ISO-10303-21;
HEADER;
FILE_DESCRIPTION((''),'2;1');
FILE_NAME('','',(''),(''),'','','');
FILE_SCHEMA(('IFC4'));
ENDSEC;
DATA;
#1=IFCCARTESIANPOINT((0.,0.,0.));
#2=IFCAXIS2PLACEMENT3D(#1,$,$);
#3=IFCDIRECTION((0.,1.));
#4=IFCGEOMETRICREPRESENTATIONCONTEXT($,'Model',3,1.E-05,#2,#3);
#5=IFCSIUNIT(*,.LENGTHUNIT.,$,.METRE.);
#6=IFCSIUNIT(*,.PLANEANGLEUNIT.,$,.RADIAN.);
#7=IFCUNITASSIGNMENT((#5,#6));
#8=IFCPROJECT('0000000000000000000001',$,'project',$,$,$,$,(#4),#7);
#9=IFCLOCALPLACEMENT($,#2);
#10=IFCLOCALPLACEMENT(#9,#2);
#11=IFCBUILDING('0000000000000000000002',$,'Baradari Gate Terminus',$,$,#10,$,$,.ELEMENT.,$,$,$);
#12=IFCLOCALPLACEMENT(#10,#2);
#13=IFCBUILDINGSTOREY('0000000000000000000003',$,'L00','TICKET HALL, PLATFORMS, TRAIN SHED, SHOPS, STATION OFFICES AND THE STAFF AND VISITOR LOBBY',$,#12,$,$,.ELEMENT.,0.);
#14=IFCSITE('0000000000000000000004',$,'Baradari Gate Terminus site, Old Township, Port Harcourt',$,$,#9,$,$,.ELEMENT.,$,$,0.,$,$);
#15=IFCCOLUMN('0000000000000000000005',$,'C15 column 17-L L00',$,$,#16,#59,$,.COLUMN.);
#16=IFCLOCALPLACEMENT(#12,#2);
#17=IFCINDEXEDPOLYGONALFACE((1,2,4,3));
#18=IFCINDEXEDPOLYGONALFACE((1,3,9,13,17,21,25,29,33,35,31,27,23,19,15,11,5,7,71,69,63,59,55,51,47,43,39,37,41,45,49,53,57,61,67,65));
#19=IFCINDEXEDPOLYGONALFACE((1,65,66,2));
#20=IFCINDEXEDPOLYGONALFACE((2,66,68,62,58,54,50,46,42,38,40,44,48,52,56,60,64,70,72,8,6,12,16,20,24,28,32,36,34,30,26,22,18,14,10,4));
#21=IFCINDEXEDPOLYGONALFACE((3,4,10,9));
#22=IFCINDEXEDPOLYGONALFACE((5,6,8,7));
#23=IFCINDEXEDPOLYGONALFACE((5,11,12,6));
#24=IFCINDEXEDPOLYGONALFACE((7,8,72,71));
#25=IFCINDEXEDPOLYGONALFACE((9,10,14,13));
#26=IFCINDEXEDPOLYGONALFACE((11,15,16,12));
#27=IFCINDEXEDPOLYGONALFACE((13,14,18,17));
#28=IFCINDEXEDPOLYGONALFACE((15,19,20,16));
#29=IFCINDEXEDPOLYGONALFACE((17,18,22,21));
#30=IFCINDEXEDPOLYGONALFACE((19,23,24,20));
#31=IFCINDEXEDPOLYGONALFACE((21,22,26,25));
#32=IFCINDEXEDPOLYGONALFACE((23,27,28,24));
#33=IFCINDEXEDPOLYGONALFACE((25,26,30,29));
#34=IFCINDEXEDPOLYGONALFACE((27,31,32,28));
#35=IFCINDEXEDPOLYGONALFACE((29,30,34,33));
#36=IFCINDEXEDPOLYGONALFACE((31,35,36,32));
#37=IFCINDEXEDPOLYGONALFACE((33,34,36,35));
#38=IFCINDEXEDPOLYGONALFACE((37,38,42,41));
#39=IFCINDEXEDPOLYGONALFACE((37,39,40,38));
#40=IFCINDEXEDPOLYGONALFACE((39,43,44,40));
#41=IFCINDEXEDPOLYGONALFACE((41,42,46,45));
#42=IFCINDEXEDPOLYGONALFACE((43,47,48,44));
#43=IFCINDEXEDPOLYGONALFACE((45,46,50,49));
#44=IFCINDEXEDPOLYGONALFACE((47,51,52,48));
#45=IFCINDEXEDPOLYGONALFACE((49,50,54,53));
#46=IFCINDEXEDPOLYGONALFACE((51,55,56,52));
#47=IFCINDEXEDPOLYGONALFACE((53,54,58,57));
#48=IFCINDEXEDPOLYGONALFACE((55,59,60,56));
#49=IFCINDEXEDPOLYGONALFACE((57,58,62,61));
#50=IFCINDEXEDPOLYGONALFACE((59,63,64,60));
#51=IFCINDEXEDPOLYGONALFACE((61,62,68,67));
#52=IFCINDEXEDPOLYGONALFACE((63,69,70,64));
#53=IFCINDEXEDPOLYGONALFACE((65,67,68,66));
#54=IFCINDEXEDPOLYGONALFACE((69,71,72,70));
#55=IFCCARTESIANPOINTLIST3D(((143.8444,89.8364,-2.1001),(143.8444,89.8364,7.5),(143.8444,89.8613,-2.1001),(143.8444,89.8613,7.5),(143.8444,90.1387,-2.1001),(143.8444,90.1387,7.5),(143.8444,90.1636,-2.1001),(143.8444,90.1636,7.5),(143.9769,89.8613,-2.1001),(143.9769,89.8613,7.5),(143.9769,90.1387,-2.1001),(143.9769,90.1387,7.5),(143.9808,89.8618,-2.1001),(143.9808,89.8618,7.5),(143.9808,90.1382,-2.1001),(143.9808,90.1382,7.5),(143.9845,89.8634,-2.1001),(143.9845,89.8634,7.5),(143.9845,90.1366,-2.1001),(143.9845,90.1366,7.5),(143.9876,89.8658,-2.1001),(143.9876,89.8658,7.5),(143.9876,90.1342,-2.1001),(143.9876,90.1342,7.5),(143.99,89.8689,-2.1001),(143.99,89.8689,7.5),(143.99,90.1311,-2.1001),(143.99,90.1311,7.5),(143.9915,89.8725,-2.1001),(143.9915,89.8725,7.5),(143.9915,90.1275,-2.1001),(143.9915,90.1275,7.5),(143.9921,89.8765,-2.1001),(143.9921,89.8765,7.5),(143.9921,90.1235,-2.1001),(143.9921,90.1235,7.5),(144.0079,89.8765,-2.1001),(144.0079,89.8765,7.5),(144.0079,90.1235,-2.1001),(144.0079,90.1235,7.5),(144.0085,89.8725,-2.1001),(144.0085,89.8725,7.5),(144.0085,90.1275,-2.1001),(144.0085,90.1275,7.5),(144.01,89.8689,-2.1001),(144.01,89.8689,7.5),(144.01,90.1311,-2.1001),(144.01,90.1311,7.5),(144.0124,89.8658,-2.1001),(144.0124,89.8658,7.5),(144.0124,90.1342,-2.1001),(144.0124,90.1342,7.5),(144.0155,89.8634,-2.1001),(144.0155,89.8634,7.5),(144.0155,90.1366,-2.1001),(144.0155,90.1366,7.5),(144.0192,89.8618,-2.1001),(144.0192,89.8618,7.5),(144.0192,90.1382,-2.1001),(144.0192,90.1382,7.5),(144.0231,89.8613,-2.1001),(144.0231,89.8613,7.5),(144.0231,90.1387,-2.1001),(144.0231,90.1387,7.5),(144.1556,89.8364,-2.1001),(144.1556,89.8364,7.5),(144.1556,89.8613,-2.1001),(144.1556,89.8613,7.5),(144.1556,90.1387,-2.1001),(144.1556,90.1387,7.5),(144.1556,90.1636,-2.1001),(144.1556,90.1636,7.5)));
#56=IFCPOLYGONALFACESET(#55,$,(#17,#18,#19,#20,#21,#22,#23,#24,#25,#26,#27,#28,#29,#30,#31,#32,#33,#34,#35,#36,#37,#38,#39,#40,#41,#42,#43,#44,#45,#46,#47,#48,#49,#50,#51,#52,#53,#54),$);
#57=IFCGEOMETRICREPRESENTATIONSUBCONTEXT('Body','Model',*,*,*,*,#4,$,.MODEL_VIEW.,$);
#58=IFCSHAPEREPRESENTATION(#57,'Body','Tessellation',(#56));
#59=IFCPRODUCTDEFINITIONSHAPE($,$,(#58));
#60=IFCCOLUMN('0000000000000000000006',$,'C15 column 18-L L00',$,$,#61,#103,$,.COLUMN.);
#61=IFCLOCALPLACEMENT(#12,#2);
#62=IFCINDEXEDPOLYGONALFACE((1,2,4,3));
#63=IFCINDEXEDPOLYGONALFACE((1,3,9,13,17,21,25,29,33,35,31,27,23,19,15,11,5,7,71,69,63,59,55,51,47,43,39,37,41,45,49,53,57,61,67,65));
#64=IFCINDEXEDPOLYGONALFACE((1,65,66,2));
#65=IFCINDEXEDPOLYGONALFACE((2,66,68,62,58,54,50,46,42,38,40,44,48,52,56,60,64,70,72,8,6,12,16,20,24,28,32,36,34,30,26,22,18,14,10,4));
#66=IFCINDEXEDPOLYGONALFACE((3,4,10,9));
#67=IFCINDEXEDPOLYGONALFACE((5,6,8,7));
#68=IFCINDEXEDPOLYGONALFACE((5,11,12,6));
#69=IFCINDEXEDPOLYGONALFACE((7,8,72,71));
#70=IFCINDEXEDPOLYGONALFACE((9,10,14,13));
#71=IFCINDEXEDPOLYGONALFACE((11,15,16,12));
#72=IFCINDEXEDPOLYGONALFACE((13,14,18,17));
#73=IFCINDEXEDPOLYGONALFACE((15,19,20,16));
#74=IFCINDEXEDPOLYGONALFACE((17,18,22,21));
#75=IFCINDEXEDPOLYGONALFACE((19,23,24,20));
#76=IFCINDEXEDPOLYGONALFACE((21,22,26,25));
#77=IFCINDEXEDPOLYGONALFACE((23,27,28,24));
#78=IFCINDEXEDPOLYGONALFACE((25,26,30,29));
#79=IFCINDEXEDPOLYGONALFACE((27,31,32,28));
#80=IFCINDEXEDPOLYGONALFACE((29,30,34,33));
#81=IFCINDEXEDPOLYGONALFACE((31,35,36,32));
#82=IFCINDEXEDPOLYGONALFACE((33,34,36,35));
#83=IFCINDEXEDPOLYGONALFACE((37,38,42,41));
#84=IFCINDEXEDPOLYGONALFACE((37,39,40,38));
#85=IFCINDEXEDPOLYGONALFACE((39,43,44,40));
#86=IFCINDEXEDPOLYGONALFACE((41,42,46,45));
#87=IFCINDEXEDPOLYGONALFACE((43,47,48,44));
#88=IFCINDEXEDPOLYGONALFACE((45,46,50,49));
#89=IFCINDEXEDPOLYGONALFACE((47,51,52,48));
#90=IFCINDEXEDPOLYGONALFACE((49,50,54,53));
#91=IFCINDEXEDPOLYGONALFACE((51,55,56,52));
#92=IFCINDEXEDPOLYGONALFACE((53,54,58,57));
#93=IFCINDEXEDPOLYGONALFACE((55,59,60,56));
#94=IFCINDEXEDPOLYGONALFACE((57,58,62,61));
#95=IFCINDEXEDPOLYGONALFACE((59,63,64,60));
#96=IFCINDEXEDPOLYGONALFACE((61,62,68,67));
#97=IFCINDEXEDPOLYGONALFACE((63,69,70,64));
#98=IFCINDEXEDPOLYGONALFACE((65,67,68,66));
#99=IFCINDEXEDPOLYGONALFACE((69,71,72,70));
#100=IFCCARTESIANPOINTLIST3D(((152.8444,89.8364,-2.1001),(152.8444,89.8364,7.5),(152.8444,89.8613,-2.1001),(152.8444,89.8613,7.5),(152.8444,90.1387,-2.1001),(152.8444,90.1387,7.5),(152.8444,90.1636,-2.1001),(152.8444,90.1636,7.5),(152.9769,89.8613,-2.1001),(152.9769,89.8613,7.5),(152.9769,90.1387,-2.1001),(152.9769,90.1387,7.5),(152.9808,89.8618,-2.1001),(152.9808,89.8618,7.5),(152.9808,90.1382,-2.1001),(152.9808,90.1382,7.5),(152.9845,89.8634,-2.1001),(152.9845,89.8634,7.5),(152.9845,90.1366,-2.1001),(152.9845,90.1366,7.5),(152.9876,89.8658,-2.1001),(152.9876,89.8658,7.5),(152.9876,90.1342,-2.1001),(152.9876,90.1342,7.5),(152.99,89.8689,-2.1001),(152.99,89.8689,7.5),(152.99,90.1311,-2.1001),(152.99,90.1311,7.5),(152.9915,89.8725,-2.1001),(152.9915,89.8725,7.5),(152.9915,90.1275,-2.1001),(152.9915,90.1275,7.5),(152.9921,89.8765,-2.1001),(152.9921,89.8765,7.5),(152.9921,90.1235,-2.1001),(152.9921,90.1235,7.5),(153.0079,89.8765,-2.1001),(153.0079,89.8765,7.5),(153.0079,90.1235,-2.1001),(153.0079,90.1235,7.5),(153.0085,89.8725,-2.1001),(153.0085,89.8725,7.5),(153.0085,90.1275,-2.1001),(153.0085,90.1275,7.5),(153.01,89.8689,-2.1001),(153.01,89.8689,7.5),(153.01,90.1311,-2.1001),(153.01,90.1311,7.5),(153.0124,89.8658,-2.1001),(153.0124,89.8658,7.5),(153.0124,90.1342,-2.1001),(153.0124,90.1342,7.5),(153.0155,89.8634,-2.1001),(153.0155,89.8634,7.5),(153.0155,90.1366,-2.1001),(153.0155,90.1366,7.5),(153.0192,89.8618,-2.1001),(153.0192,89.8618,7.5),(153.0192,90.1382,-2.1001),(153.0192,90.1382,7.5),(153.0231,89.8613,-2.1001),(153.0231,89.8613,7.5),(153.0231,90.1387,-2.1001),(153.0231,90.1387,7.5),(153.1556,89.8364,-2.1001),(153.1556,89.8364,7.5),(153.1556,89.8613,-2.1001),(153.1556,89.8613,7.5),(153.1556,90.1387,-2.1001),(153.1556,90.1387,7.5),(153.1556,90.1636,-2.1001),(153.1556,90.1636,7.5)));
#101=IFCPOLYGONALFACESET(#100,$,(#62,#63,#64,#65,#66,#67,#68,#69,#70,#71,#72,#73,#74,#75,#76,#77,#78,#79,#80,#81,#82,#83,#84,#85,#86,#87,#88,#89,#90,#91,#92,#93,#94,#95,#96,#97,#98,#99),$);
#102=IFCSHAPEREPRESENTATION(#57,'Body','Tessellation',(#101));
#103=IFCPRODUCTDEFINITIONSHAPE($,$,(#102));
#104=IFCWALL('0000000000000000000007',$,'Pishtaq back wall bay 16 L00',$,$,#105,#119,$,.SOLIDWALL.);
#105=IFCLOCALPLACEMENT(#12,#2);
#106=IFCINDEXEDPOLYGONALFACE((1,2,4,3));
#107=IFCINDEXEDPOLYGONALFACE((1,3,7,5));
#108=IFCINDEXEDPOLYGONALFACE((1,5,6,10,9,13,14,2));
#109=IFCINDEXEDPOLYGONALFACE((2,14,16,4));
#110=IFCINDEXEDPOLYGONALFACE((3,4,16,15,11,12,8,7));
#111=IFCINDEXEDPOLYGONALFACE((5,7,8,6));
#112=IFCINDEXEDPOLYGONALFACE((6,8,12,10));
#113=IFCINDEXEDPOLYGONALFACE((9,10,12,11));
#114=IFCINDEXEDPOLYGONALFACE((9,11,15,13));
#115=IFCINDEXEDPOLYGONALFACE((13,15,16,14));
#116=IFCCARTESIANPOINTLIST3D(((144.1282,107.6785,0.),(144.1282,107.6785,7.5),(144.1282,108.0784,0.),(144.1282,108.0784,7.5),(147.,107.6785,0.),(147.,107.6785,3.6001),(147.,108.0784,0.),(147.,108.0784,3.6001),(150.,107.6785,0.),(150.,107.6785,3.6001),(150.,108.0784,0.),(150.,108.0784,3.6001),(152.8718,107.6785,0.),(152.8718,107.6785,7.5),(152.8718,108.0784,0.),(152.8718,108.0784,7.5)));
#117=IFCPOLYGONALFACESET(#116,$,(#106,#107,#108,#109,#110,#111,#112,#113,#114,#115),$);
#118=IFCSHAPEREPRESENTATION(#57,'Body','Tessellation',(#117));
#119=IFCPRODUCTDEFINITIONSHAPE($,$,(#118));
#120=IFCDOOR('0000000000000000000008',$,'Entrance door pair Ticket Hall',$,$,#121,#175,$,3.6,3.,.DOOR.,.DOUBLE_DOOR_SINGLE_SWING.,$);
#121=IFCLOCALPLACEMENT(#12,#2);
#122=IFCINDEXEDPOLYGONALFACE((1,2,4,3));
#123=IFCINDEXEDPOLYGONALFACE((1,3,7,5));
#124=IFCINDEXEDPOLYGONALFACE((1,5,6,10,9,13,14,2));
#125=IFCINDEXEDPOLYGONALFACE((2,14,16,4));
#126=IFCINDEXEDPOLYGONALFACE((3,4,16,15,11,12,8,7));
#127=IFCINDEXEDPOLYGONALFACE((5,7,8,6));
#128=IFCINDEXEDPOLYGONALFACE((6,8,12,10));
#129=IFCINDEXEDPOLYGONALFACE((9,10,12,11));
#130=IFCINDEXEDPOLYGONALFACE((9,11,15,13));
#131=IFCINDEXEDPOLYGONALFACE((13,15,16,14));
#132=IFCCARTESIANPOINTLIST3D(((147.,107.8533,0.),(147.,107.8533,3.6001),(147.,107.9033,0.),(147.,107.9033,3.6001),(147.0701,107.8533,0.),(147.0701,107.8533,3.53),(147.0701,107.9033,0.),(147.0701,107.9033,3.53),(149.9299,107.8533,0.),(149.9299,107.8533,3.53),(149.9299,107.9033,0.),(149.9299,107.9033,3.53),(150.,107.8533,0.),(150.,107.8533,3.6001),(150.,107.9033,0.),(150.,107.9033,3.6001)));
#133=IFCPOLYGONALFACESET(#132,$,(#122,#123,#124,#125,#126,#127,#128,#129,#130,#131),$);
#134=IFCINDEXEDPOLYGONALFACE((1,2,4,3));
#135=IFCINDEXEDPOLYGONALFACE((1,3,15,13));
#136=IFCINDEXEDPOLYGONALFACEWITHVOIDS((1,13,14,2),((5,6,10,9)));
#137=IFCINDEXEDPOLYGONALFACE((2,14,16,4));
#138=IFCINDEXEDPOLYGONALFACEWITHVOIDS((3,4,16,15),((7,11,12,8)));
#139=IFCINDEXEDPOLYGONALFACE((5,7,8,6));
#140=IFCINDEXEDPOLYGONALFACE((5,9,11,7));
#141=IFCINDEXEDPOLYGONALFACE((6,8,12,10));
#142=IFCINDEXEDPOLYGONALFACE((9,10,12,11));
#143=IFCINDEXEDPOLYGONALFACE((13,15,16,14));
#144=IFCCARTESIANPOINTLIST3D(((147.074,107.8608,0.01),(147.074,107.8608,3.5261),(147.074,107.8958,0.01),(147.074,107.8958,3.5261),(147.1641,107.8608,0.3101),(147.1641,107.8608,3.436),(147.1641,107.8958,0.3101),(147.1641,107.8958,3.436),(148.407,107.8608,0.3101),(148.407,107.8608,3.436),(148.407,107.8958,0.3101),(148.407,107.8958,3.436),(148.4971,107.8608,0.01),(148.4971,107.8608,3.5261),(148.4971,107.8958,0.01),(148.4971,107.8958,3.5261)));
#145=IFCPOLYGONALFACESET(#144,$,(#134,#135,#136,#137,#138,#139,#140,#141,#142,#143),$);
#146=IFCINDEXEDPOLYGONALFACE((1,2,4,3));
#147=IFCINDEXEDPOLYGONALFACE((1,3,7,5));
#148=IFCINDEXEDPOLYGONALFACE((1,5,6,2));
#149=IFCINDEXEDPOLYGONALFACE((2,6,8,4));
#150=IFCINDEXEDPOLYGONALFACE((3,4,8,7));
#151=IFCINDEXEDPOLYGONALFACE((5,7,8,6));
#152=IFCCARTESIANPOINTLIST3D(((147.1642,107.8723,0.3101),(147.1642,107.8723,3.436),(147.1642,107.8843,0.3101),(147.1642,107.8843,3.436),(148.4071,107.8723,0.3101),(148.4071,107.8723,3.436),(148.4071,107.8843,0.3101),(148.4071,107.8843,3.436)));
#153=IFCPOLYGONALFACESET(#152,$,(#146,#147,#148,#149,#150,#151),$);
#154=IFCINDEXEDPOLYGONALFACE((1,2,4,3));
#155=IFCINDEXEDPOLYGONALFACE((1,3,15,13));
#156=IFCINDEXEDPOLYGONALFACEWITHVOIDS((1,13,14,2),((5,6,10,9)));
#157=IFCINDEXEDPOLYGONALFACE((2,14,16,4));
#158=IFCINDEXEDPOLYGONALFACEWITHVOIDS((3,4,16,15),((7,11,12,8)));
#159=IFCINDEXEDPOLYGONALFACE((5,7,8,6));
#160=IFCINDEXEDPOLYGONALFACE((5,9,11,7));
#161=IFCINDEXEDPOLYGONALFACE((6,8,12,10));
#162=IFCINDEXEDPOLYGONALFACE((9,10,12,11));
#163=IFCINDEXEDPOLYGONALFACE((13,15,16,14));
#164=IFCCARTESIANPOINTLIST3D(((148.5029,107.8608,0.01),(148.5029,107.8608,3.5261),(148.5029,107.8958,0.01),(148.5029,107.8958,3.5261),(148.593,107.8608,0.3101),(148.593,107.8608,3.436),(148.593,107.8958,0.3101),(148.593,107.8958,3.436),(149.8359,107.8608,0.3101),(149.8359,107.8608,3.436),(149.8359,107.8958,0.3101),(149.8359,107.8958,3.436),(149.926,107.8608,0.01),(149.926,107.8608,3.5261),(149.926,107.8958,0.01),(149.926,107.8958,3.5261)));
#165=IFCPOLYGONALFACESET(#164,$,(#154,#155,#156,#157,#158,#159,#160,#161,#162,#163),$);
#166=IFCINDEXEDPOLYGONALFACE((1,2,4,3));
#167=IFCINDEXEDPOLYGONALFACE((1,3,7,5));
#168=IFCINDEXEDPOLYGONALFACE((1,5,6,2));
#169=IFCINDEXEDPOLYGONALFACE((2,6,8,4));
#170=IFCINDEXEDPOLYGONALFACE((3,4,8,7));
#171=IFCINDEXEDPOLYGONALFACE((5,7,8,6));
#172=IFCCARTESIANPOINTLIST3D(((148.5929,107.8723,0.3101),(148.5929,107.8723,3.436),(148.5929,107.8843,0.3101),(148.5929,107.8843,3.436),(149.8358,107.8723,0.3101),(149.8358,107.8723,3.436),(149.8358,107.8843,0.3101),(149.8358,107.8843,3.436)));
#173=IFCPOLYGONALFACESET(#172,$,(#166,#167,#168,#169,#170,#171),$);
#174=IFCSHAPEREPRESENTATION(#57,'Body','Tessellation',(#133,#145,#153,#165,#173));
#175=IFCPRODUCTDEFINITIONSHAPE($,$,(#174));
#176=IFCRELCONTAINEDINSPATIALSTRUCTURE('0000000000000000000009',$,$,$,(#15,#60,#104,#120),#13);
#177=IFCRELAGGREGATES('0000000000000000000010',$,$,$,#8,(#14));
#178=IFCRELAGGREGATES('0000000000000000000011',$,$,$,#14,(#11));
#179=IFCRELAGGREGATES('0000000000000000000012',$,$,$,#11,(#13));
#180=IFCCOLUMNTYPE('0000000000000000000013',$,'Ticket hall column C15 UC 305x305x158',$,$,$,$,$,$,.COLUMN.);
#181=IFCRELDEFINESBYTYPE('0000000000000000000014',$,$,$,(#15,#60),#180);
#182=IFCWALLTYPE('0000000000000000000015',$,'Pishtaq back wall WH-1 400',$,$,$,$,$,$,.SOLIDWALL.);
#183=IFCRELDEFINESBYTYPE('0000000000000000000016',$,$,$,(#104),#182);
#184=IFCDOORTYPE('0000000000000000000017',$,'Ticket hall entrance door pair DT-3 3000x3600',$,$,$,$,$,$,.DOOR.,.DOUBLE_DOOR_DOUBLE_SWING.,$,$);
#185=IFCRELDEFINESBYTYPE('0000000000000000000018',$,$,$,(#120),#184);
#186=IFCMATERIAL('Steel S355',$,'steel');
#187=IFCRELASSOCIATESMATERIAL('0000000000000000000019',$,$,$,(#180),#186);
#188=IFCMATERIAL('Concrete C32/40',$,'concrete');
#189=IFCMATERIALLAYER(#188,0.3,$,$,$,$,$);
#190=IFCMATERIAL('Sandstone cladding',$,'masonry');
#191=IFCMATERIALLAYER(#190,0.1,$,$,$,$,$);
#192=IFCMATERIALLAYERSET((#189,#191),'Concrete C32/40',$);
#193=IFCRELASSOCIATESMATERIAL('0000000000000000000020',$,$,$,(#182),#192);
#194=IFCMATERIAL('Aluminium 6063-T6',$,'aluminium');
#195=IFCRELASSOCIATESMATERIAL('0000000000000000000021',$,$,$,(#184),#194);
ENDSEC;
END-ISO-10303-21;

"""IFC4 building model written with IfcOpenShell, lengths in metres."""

from ifc_helpers import new_model, si_unit, direction, frame, frame_2d, origin, origin_2d, place, context, subcontext, project, spatial, polyline, rectangle, i_section, outline, extrude, material, layer, layer_set, material_profile, profile_set, type_object, element, fill, save


model = new_model("IFC4")

# Units and contexts
model_context = context("Model", 3, precision=1e-05, world=origin(), true_north=direction((0.0, 1.0)))
body_context = subcontext(model_context, "Body", "Model", "MODEL_VIEW")
ifc_project = project(units=[si_unit("LENGTHUNIT", "METRE"), si_unit("PLANEANGLEUNIT", "RADIAN")], contexts=[model_context])

# Site, building, storey
site_placement = place(None, origin())
site = spatial("IfcSite", under=ifc_project, at=site_placement, Name="Baradari Gate Terminus site, Old Township, Port Harcourt", CompositionType="ELEMENT", RefElevation=0.0)
building_placement = place(site_placement, origin())
building = spatial("IfcBuilding", under=site, at=building_placement, Name="Baradari Gate Terminus", CompositionType="ELEMENT")
storey_placement = place(building_placement, origin())
storey = spatial("IfcBuildingStorey", under=building, at=storey_placement, Name="L00", Description="TICKET HALL, PLATFORMS, TRAIN SHED, SHOPS, STATION OFFICES AND THE STAFF AND VISITOR LOBBY", CompositionType="ELEMENT", Elevation=0.0)

# Columns
ifc_material_1 = material(Name="Steel S355", Category="steel")
ifc_material_profile_1 = material_profile(ifc_material_1, i_section(OverallWidth=0.3113, OverallDepth=0.3271, WebThickness=0.0159, FlangeThickness=0.0249, FilletRadius=0.0151, at=origin_2d()), Name="UC 305x305x158")
ifc_profile_set_1 = profile_set([ifc_material_profile_1], Name="Steel S355")
column_type_1 = type_object("IfcColumnType", Name="Ticket hall column C15 UC 305x305x158", PredefinedType="COLUMN", material=ifc_profile_set_1)
for number, where, z_axis, x_axis, name in (
    (1, (144.0, 90.0, -2.1001), (0.0, 0.0, 1.0), (1.0, 0.0, 0.0), "C15 column 17-L L00"),
    (2, (153.0, 90.0, -2.1001), (0.0, 0.0, 1.0), (1.0, 0.0, 0.0), "C15 column 18-L L00"),
):
    element("IfcColumn", number, at=place(storey_placement, frame(where, z_axis=z_axis, x_axis=x_axis)), inside=storey, type_object=column_type_1, Name=name, PredefinedType="COLUMN", context=body_context, shape_type="SweptSolid", body=[
        extrude(i_section(OverallWidth=0.3113, OverallDepth=0.3271, WebThickness=0.0159, FlangeThickness=0.0249, FilletRadius=0.0151, at=origin_2d()), origin(), (0.0, 0.0, 1.0), 9.6001),
    ])

# Wall, opening, door
ifc_material_2 = material(Name="Concrete C32/40", Category="concrete")
ifc_layer_1 = layer(ifc_material_2, 0.3)
ifc_material_3 = material(Name="Sandstone cladding", Category="masonry")
ifc_layer_2 = layer(ifc_material_3, 0.1)
ifc_layer_set = layer_set([ifc_layer_1, ifc_layer_2], Name="Concrete C32/40")
wall_type = type_object("IfcWallType", Name="Pishtaq back wall WH-1 400", PredefinedType="SOLIDWALL", material=ifc_layer_set)
wall_1_placement = place(storey_placement, frame((144.1282, 107.8784, 0.0), z_axis=(0.0, 0.0, 1.0), x_axis=(1.0, 0.0, 0.0)))
wall_1 = element("IfcWall", 3, at=wall_1_placement, inside=storey, type_object=wall_type, Name="Pishtaq back wall bay 16 L00", PredefinedType="SOLIDWALL", context=body_context, shape_type="SweptSolid", body=[
    extrude(rectangle(XDim=8.7437, YDim=0.3999, at=frame_2d((4.3718, 0.0))), origin(), (0.0, 0.0, 1.0), 7.5),
])
opening_1_placement = place(wall_1_placement, frame((2.8718, 0.0, 0.0)))
opening_1 = element("IfcOpeningElement", 4, at=opening_1_placement, cuts=wall_1, PredefinedType="OPENING", context=body_context, shape_type="SweptSolid", body=[
    extrude(rectangle(XDim=3.0, YDim=3.6001, at=frame_2d((1.5, 1.8))), frame((0.0, 0.21, 0.0), z_axis=(0.0, -1.0, 0.0), x_axis=(1.0, 0.0, 0.0)), (0.0, 0.0, 1.0), 0.4199),
])
ifc_material_4 = material(Name="Aluminium 6063-T6", Category="aluminium")
door_type = type_object("IfcDoorType", Name="Ticket hall entrance door pair DT-3 3000x3600", OperationType="DOUBLE_DOOR_DOUBLE_SWING", PredefinedType="DOOR", material=ifc_material_4)
door_1_placement = place(opening_1_placement, origin())
door_1 = element("IfcDoor", 5, at=door_1_placement, inside=storey, type_object=door_type, Name="Entrance door pair Ticket Hall", OperationType="DOUBLE_DOOR_SINGLE_SWING", OverallHeight=3.6, OverallWidth=3.0, PredefinedType="DOOR", context=body_context, shape_type="SweptSolid", body=[
    extrude(outline(polyline([(0.0, 0.0), (0.0701, 0.0), (0.0701, 3.53), (2.9299, 3.53), (2.9299, 0.0), (3.0, 0.0), (3.0, 3.6001), (0.0, 3.6001), (0.0, 0.0)])), frame((0.0, 0.0249, 0.0), z_axis=(0.0, -1.0, 0.0), x_axis=(1.0, 0.0, 0.0)), (0.0, 0.0, 1.0), 0.05),
    extrude(outline(polyline([(0.074, 0.01), (1.4971, 0.01), (1.4971, 3.5261), (0.074, 3.5261), (0.074, 0.01)]), holes=[polyline([(0.1641, 0.3101), (1.407, 0.3101), (1.407, 3.436), (0.1641, 3.436), (0.1641, 0.3101)])]), frame((0.0, 0.0173, 0.0), z_axis=(0.0, -1.0, 0.0), x_axis=(1.0, 0.0, 0.0)), (0.0, 0.0, 1.0), 0.0349),
    extrude(rectangle(XDim=1.2429, YDim=3.126, at=frame_2d((0.7856, 1.873))), frame((0.0, 0.0059, 0.0), z_axis=(0.0, -1.0, 0.0), x_axis=(1.0, 0.0, 0.0)), (0.0, 0.0, 1.0), 0.012),
    extrude(outline(polyline([(1.5029, 0.01), (2.926, 0.01), (2.926, 3.5261), (1.5029, 3.5261), (1.5029, 0.01)]), holes=[polyline([(1.593, 0.3101), (2.8359, 0.3101), (2.8359, 3.436), (1.593, 3.436), (1.593, 0.3101)])]), frame((0.0, 0.0173, 0.0), z_axis=(0.0, -1.0, 0.0), x_axis=(1.0, 0.0, 0.0)), (0.0, 0.0, 1.0), 0.0349),
    extrude(rectangle(XDim=1.2429, YDim=3.126, at=frame_2d((2.2144, 1.873))), frame((0.0, 0.0059, 0.0), z_axis=(0.0, -1.0, 0.0), x_axis=(1.0, 0.0, 0.0)), (0.0, 0.0, 1.0), 0.012),
])
fill(opening_1, door_1)

save(model, "model.ifc")
